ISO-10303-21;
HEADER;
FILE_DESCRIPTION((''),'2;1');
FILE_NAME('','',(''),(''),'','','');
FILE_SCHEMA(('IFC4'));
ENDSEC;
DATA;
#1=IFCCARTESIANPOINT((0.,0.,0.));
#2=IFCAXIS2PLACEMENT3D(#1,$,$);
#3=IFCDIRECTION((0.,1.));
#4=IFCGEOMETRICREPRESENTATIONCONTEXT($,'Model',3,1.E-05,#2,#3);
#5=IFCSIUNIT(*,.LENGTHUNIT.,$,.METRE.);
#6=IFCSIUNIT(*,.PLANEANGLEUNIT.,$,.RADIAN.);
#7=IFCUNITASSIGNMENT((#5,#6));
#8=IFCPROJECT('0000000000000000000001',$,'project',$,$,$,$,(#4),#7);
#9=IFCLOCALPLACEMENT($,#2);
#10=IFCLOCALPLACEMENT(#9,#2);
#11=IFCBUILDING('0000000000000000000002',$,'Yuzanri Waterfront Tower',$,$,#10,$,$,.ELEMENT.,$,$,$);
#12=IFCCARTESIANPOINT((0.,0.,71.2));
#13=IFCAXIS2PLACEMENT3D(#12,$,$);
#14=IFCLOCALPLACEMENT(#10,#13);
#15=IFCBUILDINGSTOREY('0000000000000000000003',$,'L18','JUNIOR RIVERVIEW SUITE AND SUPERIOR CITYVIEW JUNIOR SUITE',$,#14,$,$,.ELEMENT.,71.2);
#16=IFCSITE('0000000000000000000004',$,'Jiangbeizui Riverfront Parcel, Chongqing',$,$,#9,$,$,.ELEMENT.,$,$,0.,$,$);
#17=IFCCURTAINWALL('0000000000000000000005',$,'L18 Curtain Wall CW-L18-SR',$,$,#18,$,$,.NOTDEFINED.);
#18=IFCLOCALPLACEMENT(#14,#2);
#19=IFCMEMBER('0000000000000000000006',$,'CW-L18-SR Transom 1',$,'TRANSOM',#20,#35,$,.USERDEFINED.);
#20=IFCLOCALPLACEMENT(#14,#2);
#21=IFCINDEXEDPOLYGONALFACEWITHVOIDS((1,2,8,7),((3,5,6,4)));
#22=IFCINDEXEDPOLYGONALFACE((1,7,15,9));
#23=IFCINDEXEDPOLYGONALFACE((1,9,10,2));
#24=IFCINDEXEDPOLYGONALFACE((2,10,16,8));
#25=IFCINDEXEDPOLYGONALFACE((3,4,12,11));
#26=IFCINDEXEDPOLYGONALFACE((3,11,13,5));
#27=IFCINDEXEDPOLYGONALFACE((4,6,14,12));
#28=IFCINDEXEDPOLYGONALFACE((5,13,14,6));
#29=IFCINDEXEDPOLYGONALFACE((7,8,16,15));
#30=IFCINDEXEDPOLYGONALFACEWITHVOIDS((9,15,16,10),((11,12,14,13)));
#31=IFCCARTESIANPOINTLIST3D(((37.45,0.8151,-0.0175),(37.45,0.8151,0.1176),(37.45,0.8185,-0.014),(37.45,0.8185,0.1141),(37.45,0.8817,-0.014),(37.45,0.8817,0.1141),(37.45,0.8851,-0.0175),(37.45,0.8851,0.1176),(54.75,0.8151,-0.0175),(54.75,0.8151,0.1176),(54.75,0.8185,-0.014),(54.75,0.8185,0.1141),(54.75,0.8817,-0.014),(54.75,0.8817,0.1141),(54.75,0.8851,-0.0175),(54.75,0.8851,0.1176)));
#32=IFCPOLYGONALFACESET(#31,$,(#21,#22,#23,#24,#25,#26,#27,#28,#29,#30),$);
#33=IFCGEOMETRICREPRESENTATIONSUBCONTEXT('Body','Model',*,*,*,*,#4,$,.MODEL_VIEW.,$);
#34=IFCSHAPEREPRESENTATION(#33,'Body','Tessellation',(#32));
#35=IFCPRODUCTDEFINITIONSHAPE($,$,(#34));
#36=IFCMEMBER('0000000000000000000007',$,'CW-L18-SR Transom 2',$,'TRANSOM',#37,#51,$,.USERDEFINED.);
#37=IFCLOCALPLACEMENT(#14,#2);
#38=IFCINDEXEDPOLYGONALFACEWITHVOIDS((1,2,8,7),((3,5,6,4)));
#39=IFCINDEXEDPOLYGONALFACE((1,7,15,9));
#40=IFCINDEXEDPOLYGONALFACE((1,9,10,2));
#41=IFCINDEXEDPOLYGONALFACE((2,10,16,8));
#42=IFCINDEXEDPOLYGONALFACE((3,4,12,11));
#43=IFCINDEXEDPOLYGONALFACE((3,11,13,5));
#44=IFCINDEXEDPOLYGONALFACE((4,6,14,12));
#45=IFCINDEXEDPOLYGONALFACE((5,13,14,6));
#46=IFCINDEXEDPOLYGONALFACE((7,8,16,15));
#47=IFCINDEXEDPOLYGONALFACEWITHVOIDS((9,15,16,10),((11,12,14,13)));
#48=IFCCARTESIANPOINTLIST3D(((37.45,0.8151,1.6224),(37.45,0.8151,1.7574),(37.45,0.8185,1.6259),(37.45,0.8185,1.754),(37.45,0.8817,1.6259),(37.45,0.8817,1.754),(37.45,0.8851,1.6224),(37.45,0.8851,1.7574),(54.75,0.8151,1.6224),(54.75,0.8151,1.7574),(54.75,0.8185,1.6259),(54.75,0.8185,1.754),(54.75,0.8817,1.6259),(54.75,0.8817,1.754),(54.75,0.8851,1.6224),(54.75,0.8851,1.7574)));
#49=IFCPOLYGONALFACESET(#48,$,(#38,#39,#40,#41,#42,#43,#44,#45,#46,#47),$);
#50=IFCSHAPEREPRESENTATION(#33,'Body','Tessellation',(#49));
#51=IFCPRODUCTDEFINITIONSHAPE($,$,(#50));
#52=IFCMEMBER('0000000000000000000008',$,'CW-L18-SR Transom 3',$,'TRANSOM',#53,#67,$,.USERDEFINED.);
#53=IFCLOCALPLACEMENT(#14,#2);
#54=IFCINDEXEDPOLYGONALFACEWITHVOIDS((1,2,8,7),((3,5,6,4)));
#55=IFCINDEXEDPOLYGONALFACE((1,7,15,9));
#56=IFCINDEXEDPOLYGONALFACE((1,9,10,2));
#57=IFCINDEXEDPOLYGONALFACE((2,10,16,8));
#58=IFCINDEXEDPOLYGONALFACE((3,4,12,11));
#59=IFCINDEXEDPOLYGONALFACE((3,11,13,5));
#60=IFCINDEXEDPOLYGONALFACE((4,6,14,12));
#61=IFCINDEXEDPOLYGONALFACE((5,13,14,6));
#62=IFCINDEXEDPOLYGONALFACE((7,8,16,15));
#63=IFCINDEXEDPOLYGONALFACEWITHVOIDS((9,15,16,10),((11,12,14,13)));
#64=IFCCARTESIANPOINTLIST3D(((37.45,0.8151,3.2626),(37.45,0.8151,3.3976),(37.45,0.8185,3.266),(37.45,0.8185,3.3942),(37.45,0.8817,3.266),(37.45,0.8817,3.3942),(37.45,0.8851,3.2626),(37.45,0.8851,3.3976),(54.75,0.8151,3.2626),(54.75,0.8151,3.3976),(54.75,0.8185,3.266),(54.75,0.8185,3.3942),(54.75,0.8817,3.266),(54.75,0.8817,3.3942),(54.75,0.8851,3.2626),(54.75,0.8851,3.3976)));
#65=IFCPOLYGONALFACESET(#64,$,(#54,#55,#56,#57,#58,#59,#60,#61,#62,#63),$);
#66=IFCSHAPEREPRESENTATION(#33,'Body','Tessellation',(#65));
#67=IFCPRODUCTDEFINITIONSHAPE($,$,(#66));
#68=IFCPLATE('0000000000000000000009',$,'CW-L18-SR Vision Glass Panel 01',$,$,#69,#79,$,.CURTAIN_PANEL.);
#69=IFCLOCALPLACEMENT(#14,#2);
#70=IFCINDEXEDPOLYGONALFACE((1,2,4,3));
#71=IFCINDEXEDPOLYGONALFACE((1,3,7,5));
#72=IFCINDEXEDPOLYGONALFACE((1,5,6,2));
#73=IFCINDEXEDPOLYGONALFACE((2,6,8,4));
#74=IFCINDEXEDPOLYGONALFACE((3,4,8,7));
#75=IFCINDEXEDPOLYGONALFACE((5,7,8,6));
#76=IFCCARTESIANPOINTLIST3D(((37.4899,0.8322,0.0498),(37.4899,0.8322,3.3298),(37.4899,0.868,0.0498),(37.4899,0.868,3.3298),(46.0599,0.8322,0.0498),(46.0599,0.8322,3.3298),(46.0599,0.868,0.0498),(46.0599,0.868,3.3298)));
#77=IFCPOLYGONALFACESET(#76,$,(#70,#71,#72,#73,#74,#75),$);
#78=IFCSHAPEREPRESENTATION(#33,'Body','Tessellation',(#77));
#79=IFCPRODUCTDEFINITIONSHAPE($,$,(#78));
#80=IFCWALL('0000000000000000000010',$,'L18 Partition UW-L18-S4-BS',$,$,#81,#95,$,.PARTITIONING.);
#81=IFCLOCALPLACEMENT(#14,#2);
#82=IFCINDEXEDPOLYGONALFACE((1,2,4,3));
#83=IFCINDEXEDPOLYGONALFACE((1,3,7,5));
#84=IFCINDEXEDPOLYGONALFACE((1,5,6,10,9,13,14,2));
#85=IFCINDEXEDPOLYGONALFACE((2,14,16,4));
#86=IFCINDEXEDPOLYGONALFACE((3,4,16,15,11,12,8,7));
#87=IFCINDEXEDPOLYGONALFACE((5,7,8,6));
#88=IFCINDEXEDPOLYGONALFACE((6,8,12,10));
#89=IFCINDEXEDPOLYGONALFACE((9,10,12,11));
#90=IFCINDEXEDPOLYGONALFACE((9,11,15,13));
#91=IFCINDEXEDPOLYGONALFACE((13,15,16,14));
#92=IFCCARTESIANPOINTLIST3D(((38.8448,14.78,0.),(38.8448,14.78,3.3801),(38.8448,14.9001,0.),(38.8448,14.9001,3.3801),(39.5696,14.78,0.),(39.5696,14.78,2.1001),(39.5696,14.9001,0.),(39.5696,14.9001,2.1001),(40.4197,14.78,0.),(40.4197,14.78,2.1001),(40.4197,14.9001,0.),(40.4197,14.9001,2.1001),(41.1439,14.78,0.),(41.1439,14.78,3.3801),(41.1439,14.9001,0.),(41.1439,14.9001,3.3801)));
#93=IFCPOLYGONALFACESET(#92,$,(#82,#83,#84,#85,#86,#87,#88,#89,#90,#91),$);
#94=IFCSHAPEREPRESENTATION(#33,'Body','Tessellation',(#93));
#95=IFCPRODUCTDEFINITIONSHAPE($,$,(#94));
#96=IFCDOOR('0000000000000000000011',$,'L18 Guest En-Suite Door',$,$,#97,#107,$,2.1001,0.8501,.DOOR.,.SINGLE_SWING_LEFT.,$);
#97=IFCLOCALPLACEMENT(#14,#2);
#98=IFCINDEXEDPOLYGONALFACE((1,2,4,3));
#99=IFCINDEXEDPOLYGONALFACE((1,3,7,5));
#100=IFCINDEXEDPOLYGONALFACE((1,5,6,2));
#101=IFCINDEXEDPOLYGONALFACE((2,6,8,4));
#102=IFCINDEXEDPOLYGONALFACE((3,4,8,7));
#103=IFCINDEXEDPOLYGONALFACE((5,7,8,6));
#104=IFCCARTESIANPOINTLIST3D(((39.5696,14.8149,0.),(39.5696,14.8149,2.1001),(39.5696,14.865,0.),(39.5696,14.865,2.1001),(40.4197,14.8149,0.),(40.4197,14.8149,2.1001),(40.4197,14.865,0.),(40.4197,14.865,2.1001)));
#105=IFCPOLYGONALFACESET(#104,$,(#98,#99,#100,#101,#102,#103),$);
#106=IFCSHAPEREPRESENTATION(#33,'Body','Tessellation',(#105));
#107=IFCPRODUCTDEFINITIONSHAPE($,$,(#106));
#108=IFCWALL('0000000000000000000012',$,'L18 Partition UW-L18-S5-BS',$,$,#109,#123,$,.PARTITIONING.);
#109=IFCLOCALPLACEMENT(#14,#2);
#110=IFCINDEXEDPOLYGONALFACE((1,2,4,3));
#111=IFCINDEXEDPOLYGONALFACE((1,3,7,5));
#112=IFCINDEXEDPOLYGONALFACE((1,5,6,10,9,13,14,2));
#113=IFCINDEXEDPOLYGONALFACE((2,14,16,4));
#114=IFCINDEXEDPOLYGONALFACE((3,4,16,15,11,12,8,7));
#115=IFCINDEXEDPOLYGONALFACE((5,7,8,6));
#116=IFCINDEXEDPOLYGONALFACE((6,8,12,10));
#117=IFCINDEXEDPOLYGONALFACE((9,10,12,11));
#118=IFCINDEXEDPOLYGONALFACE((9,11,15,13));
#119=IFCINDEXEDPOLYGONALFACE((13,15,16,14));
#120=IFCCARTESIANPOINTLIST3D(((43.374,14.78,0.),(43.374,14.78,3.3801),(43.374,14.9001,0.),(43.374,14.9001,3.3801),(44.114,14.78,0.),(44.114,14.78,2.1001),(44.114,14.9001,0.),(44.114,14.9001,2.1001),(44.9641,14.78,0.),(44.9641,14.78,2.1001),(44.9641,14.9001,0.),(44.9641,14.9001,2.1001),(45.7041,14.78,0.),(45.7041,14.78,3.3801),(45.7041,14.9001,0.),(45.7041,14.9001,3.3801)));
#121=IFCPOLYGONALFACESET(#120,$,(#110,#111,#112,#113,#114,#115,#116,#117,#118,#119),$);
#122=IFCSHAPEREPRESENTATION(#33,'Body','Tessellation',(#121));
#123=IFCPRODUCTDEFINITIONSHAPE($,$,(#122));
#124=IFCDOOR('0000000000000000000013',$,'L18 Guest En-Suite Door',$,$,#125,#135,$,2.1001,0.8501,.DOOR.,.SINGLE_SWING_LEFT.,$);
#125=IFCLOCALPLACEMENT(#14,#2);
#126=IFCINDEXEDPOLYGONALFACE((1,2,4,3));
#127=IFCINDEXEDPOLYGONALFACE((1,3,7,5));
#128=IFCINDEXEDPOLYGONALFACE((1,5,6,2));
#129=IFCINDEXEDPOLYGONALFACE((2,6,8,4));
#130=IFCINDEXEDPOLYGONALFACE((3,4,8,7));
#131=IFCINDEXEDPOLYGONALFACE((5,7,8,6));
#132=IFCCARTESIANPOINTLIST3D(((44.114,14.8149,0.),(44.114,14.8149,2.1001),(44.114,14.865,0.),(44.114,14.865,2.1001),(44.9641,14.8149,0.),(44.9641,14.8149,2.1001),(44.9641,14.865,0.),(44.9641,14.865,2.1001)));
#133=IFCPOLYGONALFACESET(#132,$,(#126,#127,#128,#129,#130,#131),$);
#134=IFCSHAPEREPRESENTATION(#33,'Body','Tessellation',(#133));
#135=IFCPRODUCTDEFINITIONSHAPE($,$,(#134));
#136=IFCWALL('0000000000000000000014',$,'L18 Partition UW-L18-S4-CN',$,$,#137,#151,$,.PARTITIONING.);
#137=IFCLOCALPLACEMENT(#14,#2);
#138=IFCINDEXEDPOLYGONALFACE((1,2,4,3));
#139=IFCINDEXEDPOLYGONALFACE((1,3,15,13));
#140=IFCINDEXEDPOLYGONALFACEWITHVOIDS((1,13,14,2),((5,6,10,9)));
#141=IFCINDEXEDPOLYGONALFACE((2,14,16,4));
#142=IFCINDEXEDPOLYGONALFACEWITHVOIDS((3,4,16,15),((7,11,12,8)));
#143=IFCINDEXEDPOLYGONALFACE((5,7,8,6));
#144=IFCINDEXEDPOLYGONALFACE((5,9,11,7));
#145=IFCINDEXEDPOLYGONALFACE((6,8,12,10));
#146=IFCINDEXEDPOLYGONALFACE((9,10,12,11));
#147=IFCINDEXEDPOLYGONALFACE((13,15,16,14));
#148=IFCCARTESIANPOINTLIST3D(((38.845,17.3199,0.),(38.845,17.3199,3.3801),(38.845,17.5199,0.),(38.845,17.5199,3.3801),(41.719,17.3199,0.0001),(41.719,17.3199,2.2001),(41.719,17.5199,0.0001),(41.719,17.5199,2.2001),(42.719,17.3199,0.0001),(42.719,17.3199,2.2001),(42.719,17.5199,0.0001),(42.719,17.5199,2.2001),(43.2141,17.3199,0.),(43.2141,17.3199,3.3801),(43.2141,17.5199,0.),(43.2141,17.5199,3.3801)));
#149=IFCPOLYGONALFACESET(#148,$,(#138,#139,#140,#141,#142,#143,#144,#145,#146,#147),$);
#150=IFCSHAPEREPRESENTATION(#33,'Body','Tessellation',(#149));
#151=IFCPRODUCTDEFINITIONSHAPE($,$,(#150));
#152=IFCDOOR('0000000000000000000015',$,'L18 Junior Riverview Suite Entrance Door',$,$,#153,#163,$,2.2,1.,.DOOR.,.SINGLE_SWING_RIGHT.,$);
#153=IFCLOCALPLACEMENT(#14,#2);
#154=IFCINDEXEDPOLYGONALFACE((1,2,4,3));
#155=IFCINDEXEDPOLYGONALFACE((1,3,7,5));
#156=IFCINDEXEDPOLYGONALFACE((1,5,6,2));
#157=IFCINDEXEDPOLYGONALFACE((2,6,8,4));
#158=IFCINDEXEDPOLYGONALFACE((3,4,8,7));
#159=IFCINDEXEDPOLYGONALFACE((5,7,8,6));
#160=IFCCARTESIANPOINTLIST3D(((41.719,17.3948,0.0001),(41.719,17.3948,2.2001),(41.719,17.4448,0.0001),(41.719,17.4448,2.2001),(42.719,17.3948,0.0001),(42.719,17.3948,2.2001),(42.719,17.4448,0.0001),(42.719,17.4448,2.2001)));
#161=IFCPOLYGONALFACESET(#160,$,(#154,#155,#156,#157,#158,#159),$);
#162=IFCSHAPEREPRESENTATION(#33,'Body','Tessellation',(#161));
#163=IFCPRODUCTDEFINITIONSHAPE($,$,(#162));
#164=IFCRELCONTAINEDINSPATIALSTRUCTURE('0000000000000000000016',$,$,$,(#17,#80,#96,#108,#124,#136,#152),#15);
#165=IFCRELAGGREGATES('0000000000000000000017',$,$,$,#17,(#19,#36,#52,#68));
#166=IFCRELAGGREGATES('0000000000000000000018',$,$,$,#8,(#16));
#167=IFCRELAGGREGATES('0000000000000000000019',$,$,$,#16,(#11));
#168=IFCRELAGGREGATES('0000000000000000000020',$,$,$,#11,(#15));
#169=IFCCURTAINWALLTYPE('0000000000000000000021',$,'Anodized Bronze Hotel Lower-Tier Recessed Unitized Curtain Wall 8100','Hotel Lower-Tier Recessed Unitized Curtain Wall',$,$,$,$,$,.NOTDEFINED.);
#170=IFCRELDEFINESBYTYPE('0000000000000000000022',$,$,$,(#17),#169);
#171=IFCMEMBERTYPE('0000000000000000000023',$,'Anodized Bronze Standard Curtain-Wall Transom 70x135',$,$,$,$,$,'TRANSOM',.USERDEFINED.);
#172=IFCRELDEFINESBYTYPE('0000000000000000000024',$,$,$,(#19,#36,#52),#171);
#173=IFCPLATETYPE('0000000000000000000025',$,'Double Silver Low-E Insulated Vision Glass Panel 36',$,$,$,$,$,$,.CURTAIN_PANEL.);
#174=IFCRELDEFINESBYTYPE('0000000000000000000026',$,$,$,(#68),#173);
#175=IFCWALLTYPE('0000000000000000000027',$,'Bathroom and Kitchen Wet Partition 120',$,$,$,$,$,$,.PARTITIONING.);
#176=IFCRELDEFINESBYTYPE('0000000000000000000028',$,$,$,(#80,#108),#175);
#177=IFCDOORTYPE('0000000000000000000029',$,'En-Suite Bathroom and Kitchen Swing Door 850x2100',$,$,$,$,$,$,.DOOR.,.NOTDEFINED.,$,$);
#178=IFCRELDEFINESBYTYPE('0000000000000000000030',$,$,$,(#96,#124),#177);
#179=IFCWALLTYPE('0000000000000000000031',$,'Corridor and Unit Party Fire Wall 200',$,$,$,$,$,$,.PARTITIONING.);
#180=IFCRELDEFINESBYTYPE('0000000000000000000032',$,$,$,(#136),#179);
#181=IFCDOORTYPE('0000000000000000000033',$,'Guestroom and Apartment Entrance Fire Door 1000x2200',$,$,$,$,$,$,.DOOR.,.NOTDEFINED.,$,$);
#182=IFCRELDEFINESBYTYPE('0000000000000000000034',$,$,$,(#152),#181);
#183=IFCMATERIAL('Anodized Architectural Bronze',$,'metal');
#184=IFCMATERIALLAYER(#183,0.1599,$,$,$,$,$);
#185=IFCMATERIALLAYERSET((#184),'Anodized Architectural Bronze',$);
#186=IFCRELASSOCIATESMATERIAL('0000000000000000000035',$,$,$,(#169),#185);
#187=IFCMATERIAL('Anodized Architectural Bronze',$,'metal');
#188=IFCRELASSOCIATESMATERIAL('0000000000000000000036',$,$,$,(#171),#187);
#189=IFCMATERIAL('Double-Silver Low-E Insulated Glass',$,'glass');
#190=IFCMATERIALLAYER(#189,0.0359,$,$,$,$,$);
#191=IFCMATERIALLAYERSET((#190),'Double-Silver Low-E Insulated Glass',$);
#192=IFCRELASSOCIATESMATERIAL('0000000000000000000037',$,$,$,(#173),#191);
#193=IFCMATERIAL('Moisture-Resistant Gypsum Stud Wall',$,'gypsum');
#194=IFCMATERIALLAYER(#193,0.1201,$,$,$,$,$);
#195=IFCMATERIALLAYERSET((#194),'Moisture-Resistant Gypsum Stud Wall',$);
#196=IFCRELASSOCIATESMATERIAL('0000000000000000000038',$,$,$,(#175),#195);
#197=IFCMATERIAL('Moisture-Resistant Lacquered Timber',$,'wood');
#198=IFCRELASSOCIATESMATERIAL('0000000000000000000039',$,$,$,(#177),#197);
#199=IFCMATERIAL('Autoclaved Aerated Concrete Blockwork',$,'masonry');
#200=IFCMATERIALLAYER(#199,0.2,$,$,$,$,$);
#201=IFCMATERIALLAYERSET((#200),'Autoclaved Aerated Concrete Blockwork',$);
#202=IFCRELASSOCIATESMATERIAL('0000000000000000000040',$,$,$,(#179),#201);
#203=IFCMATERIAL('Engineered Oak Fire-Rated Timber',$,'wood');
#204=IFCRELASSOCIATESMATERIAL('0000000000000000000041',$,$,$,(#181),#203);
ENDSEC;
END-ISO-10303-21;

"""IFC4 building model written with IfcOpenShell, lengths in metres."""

from ifc_helpers import new_model, si_unit, direction, frame, frame_2d, origin, origin_2d, place, context, subcontext, project, spatial, rectangle, hollow_rectangle, extrude, source, transform, mapped, material, layer, layer_set, material_profile, profile_set, type_object, element, fill, aggregate, save


model = new_model("IFC4")

# Units and contexts
model_context = context("Model", 3, precision=1e-05, world=origin(), true_north=direction((0.0, 1.0)))
body_context = subcontext(model_context, "Body", "Model", "MODEL_VIEW")
ifc_project = project(units=[si_unit("LENGTHUNIT", "METRE"), si_unit("PLANEANGLEUNIT", "RADIAN")], contexts=[model_context])

# Site, building, storey
site_placement = place(None, origin())
site = spatial("IfcSite", under=ifc_project, at=site_placement, Name="Jiangbeizui Riverfront Parcel, Chongqing", CompositionType="ELEMENT", RefElevation=0.0)
building_placement = place(site_placement, origin())
building = spatial("IfcBuilding", under=site, at=building_placement, Name="Yuzanri Waterfront Tower", CompositionType="ELEMENT")
storey_placement = place(building_placement, frame((0.0, 0.0, 71.2)))
storey = spatial("IfcBuildingStorey", under=building, at=storey_placement, Name="L18", Description="JUNIOR RIVERVIEW SUITE AND SUPERIOR CITYVIEW JUNIOR SUITE", CompositionType="ELEMENT", Elevation=71.2)

# Curtain wall, members, plate
ifc_material_1 = material(Name="Anodized Architectural Bronze", Category="metal")
ifc_layer_1 = layer(ifc_material_1, 0.1599)
ifc_layer_set_1 = layer_set([ifc_layer_1], Name="Anodized Architectural Bronze")
curtain_wall_type = type_object("IfcCurtainWallType", Name="Anodized Bronze Hotel Lower-Tier Recessed Unitized Curtain Wall 8100", Description="Hotel Lower-Tier Recessed Unitized Curtain Wall", PredefinedType="NOTDEFINED", material=ifc_layer_set_1)
curtain_wall_placement = place(storey_placement, origin())
curtain_wall = element("IfcCurtainWall", 1, at=curtain_wall_placement, inside=storey, type_object=curtain_wall_type, Name="L18 Curtain Wall CW-L18-SR", PredefinedType="NOTDEFINED")
ifc_material_2 = material(Name="Anodized Architectural Bronze", Category="metal")
ifc_material_profile_1 = material_profile(ifc_material_2, hollow_rectangle(XDim=0.0701, YDim=0.135, WallThickness=0.0034, at=origin_2d()), Name="CWT 70x135")
ifc_profile_set_1 = profile_set([ifc_material_profile_1], Name="Anodized Architectural Bronze")
member_type_1 = type_object("IfcMemberType", Name="Anodized Bronze Standard Curtain-Wall Transom 70x135", ElementType="TRANSOM", PredefinedType="USERDEFINED", material=ifc_profile_set_1)
shared_shape_1 = source(origin(), body_context, "Body", "SweptSolid", [
    extrude(hollow_rectangle(XDim=0.0701, YDim=0.135, WallThickness=0.0034, at=origin_2d()), origin(), (0.0, 0.0, 1.0), 17.3),
])
member_1_placement = place(storey_placement, frame((37.45, 0.8501, 0.05), z_axis=(1.0, 0.0, 0.0), x_axis=(0.0, 1.0, 0.0)))
member_1 = element("IfcMember", 2, at=member_1_placement, type_object=member_type_1, Name="CW-L18-SR Transom 1", ObjectType="TRANSOM", PredefinedType="USERDEFINED", context=body_context, shape_type="MappedRepresentation", body=[
    mapped(shared_shape_1, transform((0.0, 0.0, 0.0), scale=1.0)),
])
member_2_placement = place(storey_placement, frame((37.45, 0.8501, 1.6899), z_axis=(1.0, 0.0, 0.0), x_axis=(0.0, 1.0, 0.0)))
member_2 = element("IfcMember", 3, at=member_2_placement, type_object=member_type_1, Name="CW-L18-SR Transom 2", ObjectType="TRANSOM", PredefinedType="USERDEFINED", context=body_context, shape_type="MappedRepresentation", body=[
    mapped(shared_shape_1, transform((0.0, 0.0, 0.0), scale=1.0)),
])
member_3_placement = place(storey_placement, frame((37.45, 0.8501, 3.3301), z_axis=(1.0, 0.0, 0.0), x_axis=(0.0, 1.0, 0.0)))
member_3 = element("IfcMember", 4, at=member_3_placement, type_object=member_type_1, Name="CW-L18-SR Transom 3", ObjectType="TRANSOM", PredefinedType="USERDEFINED", context=body_context, shape_type="MappedRepresentation", body=[
    mapped(shared_shape_1, transform((0.0, 0.0, 0.0), scale=1.0)),
])
ifc_material_3 = material(Name="Double-Silver Low-E Insulated Glass", Category="glass")
ifc_layer_2 = layer(ifc_material_3, 0.0359)
ifc_layer_set_2 = layer_set([ifc_layer_2], Name="Double-Silver Low-E Insulated Glass")
plate_type = type_object("IfcPlateType", Name="Double Silver Low-E Insulated Vision Glass Panel 36", PredefinedType="CURTAIN_PANEL", material=ifc_layer_set_2)
shared_shape_2 = source(origin(), body_context, "Body", "SweptSolid", [
    extrude(rectangle(XDim=8.5701, YDim=0.0359, at=origin_2d()), origin(), (0.0, 0.0, 1.0), 3.28),
])
plate_placement = place(storey_placement, frame((41.7749, 0.8501, 0.0498), z_axis=(0.0, 0.0, 1.0), x_axis=(1.0, 0.0, 0.0)))
plate = element("IfcPlate", 5, at=plate_placement, type_object=plate_type, Name="CW-L18-SR Vision Glass Panel 01", PredefinedType="CURTAIN_PANEL", context=body_context, shape_type="MappedRepresentation", body=[
    mapped(shared_shape_2, transform((0.0, 0.0, 0.0), scale=1.0)),
])
aggregate(curtain_wall, [member_1, member_2, member_3, plate])

# Walls, openings, doors
ifc_material_4 = material(Name="Moisture-Resistant Gypsum Stud Wall", Category="gypsum")
ifc_layer_3 = layer(ifc_material_4, 0.1201)
ifc_layer_set_3 = layer_set([ifc_layer_3], Name="Moisture-Resistant Gypsum Stud Wall")
wall_type_1 = type_object("IfcWallType", Name="Bathroom and Kitchen Wet Partition 120", PredefinedType="PARTITIONING", material=ifc_layer_set_3)
wall_1_placement = place(storey_placement, frame((38.845, 14.8401, 0.0), z_axis=(0.0, 0.0, 1.0), x_axis=(1.0, 0.0, 0.0)))
wall_1 = element("IfcWall", 6, at=wall_1_placement, inside=storey, type_object=wall_type_1, Name="L18 Partition UW-L18-S4-BS", PredefinedType="PARTITIONING", context=body_context, shape_type="SweptSolid", body=[
    extrude(rectangle(XDim=2.2991, YDim=0.1201, at=frame_2d((1.1494, 0.0))), origin(), (0.0, 0.0, 1.0), 3.3801),
])
opening_1_placement = place(wall_1_placement, frame((0.7246, 0.0, 0.0)))
opening_1 = element("IfcOpeningElement", 7, at=opening_1_placement, cuts=wall_1, PredefinedType="OPENING", context=body_context, shape_type="SweptSolid", body=[
    extrude(rectangle(XDim=0.8501, YDim=2.1001, at=frame_2d((0.425, 1.05))), frame((0.0, 0.075, 0.0), z_axis=(0.0, -1.0, 0.0), x_axis=(1.0, 0.0, 0.0)), (0.0, 0.0, 1.0), 0.1499),
])
ifc_material_5 = material(Name="Moisture-Resistant Lacquered Timber", Category="wood")
door_type_1 = type_object("IfcDoorType", Name="En-Suite Bathroom and Kitchen Swing Door 850x2100", OperationType="NOTDEFINED", PredefinedType="DOOR", material=ifc_material_5)
shared_shape_3 = source(origin(), body_context, "Body", "SweptSolid", [
    extrude(rectangle(XDim=0.8501, YDim=2.1001, at=frame_2d((0.425, 1.05))), frame((0.0, 0.0249, 0.0), z_axis=(0.0, -1.0, 0.0), x_axis=(1.0, 0.0, 0.0)), (0.0, 0.0, 1.0), 0.05),
])
door_1_placement = place(opening_1_placement, origin())
door_1 = element("IfcDoor", 8, at=door_1_placement, inside=storey, type_object=door_type_1, Name="L18 Guest En-Suite Door", OperationType="SINGLE_SWING_LEFT", OverallHeight=2.1001, OverallWidth=0.8501, PredefinedType="DOOR", context=body_context, shape_type="MappedRepresentation", body=[
    mapped(shared_shape_3, transform((0.0, 0.0, 0.0), scale=1.0)),
])
fill(opening_1, door_1)
wall_2_placement = place(storey_placement, frame((43.374, 14.8401, 0.0), z_axis=(0.0, 0.0, 1.0), x_axis=(1.0, 0.0, 0.0)))
wall_2 = element("IfcWall", 9, at=wall_2_placement, inside=storey, type_object=wall_type_1, Name="L18 Partition UW-L18-S5-BS", PredefinedType="PARTITIONING", context=body_context, shape_type="SweptSolid", body=[
    extrude(rectangle(XDim=2.3301, YDim=0.1201, at=frame_2d((1.165, 0.0))), origin(), (0.0, 0.0, 1.0), 3.3801),
])
opening_2_placement = place(wall_2_placement, frame((0.74, 0.0, 0.0)))
opening_2 = element("IfcOpeningElement", 10, at=opening_2_placement, cuts=wall_2, PredefinedType="OPENING", context=body_context, shape_type="SweptSolid", body=[
    extrude(rectangle(XDim=0.8501, YDim=2.1001, at=frame_2d((0.425, 1.05))), frame((0.0, 0.075, 0.0), z_axis=(0.0, -1.0, 0.0), x_axis=(1.0, 0.0, 0.0)), (0.0, 0.0, 1.0), 0.1499),
])
door_2_placement = place(opening_2_placement, origin())
door_2 = element("IfcDoor", 11, at=door_2_placement, inside=storey, type_object=door_type_1, Name="L18 Guest En-Suite Door", OperationType="SINGLE_SWING_LEFT", OverallHeight=2.1001, OverallWidth=0.8501, PredefinedType="DOOR", context=body_context, shape_type="MappedRepresentation", body=[
    mapped(shared_shape_3, transform((0.0, 0.0, 0.0), scale=1.0)),
])
fill(opening_2, door_2)
ifc_material_6 = material(Name="Autoclaved Aerated Concrete Blockwork", Category="masonry")
ifc_layer_4 = layer(ifc_material_6, 0.2)
ifc_layer_set_4 = layer_set([ifc_layer_4], Name="Autoclaved Aerated Concrete Blockwork")
wall_type_2 = type_object("IfcWallType", Name="Corridor and Unit Party Fire Wall 200", PredefinedType="PARTITIONING", material=ifc_layer_set_4)
wall_3_placement = place(storey_placement, frame((38.845, 17.4199, 0.0), z_axis=(0.0, 0.0, 1.0), x_axis=(1.0, 0.0, 0.0)))
wall_3 = element("IfcWall", 12, at=wall_3_placement, inside=storey, type_object=wall_type_2, Name="L18 Partition UW-L18-S4-CN", PredefinedType="PARTITIONING", context=body_context, shape_type="SweptSolid", body=[
    extrude(rectangle(XDim=4.3691, YDim=0.2, at=frame_2d((2.1846, 0.0))), origin(), (0.0, 0.0, 1.0), 3.3801),
])
opening_3_placement = place(wall_3_placement, frame((2.874, 0.0, 0.0)))
opening_3 = element("IfcOpeningElement", 13, at=opening_3_placement, cuts=wall_3, PredefinedType="OPENING", context=body_context, shape_type="SweptSolid", body=[
    extrude(rectangle(XDim=1.0, YDim=2.2, at=frame_2d((0.5, 1.1001))), frame((0.0, 0.1147, 0.0), z_axis=(0.0, -1.0, 0.0), x_axis=(1.0, 0.0, 0.0)), (0.0, 0.0, 1.0), 0.2297),
])
ifc_material_7 = material(Name="Engineered Oak Fire-Rated Timber", Category="wood")
door_type_2 = type_object("IfcDoorType", Name="Guestroom and Apartment Entrance Fire Door 1000x2200", OperationType="NOTDEFINED", PredefinedType="DOOR", material=ifc_material_7)
shared_shape_4 = source(origin(), body_context, "Body", "SweptSolid", [
    extrude(rectangle(XDim=1.0, YDim=2.2, at=frame_2d((0.5, 1.1001))), frame((0.0, 0.0249, 0.0), z_axis=(0.0, -1.0, 0.0), x_axis=(1.0, 0.0, 0.0)), (0.0, 0.0, 1.0), 0.05),
])
door_3_placement = place(opening_3_placement, origin())
door_3 = element("IfcDoor", 14, at=door_3_placement, inside=storey, type_object=door_type_2, Name="L18 Junior Riverview Suite Entrance Door", OperationType="SINGLE_SWING_RIGHT", OverallHeight=2.2, OverallWidth=1.0, PredefinedType="DOOR", context=body_context, shape_type="MappedRepresentation", body=[
    mapped(shared_shape_4, transform((0.0, 0.0, 0.0), scale=1.0)),
])
fill(opening_3, door_3)

save(model, "model.ifc")
